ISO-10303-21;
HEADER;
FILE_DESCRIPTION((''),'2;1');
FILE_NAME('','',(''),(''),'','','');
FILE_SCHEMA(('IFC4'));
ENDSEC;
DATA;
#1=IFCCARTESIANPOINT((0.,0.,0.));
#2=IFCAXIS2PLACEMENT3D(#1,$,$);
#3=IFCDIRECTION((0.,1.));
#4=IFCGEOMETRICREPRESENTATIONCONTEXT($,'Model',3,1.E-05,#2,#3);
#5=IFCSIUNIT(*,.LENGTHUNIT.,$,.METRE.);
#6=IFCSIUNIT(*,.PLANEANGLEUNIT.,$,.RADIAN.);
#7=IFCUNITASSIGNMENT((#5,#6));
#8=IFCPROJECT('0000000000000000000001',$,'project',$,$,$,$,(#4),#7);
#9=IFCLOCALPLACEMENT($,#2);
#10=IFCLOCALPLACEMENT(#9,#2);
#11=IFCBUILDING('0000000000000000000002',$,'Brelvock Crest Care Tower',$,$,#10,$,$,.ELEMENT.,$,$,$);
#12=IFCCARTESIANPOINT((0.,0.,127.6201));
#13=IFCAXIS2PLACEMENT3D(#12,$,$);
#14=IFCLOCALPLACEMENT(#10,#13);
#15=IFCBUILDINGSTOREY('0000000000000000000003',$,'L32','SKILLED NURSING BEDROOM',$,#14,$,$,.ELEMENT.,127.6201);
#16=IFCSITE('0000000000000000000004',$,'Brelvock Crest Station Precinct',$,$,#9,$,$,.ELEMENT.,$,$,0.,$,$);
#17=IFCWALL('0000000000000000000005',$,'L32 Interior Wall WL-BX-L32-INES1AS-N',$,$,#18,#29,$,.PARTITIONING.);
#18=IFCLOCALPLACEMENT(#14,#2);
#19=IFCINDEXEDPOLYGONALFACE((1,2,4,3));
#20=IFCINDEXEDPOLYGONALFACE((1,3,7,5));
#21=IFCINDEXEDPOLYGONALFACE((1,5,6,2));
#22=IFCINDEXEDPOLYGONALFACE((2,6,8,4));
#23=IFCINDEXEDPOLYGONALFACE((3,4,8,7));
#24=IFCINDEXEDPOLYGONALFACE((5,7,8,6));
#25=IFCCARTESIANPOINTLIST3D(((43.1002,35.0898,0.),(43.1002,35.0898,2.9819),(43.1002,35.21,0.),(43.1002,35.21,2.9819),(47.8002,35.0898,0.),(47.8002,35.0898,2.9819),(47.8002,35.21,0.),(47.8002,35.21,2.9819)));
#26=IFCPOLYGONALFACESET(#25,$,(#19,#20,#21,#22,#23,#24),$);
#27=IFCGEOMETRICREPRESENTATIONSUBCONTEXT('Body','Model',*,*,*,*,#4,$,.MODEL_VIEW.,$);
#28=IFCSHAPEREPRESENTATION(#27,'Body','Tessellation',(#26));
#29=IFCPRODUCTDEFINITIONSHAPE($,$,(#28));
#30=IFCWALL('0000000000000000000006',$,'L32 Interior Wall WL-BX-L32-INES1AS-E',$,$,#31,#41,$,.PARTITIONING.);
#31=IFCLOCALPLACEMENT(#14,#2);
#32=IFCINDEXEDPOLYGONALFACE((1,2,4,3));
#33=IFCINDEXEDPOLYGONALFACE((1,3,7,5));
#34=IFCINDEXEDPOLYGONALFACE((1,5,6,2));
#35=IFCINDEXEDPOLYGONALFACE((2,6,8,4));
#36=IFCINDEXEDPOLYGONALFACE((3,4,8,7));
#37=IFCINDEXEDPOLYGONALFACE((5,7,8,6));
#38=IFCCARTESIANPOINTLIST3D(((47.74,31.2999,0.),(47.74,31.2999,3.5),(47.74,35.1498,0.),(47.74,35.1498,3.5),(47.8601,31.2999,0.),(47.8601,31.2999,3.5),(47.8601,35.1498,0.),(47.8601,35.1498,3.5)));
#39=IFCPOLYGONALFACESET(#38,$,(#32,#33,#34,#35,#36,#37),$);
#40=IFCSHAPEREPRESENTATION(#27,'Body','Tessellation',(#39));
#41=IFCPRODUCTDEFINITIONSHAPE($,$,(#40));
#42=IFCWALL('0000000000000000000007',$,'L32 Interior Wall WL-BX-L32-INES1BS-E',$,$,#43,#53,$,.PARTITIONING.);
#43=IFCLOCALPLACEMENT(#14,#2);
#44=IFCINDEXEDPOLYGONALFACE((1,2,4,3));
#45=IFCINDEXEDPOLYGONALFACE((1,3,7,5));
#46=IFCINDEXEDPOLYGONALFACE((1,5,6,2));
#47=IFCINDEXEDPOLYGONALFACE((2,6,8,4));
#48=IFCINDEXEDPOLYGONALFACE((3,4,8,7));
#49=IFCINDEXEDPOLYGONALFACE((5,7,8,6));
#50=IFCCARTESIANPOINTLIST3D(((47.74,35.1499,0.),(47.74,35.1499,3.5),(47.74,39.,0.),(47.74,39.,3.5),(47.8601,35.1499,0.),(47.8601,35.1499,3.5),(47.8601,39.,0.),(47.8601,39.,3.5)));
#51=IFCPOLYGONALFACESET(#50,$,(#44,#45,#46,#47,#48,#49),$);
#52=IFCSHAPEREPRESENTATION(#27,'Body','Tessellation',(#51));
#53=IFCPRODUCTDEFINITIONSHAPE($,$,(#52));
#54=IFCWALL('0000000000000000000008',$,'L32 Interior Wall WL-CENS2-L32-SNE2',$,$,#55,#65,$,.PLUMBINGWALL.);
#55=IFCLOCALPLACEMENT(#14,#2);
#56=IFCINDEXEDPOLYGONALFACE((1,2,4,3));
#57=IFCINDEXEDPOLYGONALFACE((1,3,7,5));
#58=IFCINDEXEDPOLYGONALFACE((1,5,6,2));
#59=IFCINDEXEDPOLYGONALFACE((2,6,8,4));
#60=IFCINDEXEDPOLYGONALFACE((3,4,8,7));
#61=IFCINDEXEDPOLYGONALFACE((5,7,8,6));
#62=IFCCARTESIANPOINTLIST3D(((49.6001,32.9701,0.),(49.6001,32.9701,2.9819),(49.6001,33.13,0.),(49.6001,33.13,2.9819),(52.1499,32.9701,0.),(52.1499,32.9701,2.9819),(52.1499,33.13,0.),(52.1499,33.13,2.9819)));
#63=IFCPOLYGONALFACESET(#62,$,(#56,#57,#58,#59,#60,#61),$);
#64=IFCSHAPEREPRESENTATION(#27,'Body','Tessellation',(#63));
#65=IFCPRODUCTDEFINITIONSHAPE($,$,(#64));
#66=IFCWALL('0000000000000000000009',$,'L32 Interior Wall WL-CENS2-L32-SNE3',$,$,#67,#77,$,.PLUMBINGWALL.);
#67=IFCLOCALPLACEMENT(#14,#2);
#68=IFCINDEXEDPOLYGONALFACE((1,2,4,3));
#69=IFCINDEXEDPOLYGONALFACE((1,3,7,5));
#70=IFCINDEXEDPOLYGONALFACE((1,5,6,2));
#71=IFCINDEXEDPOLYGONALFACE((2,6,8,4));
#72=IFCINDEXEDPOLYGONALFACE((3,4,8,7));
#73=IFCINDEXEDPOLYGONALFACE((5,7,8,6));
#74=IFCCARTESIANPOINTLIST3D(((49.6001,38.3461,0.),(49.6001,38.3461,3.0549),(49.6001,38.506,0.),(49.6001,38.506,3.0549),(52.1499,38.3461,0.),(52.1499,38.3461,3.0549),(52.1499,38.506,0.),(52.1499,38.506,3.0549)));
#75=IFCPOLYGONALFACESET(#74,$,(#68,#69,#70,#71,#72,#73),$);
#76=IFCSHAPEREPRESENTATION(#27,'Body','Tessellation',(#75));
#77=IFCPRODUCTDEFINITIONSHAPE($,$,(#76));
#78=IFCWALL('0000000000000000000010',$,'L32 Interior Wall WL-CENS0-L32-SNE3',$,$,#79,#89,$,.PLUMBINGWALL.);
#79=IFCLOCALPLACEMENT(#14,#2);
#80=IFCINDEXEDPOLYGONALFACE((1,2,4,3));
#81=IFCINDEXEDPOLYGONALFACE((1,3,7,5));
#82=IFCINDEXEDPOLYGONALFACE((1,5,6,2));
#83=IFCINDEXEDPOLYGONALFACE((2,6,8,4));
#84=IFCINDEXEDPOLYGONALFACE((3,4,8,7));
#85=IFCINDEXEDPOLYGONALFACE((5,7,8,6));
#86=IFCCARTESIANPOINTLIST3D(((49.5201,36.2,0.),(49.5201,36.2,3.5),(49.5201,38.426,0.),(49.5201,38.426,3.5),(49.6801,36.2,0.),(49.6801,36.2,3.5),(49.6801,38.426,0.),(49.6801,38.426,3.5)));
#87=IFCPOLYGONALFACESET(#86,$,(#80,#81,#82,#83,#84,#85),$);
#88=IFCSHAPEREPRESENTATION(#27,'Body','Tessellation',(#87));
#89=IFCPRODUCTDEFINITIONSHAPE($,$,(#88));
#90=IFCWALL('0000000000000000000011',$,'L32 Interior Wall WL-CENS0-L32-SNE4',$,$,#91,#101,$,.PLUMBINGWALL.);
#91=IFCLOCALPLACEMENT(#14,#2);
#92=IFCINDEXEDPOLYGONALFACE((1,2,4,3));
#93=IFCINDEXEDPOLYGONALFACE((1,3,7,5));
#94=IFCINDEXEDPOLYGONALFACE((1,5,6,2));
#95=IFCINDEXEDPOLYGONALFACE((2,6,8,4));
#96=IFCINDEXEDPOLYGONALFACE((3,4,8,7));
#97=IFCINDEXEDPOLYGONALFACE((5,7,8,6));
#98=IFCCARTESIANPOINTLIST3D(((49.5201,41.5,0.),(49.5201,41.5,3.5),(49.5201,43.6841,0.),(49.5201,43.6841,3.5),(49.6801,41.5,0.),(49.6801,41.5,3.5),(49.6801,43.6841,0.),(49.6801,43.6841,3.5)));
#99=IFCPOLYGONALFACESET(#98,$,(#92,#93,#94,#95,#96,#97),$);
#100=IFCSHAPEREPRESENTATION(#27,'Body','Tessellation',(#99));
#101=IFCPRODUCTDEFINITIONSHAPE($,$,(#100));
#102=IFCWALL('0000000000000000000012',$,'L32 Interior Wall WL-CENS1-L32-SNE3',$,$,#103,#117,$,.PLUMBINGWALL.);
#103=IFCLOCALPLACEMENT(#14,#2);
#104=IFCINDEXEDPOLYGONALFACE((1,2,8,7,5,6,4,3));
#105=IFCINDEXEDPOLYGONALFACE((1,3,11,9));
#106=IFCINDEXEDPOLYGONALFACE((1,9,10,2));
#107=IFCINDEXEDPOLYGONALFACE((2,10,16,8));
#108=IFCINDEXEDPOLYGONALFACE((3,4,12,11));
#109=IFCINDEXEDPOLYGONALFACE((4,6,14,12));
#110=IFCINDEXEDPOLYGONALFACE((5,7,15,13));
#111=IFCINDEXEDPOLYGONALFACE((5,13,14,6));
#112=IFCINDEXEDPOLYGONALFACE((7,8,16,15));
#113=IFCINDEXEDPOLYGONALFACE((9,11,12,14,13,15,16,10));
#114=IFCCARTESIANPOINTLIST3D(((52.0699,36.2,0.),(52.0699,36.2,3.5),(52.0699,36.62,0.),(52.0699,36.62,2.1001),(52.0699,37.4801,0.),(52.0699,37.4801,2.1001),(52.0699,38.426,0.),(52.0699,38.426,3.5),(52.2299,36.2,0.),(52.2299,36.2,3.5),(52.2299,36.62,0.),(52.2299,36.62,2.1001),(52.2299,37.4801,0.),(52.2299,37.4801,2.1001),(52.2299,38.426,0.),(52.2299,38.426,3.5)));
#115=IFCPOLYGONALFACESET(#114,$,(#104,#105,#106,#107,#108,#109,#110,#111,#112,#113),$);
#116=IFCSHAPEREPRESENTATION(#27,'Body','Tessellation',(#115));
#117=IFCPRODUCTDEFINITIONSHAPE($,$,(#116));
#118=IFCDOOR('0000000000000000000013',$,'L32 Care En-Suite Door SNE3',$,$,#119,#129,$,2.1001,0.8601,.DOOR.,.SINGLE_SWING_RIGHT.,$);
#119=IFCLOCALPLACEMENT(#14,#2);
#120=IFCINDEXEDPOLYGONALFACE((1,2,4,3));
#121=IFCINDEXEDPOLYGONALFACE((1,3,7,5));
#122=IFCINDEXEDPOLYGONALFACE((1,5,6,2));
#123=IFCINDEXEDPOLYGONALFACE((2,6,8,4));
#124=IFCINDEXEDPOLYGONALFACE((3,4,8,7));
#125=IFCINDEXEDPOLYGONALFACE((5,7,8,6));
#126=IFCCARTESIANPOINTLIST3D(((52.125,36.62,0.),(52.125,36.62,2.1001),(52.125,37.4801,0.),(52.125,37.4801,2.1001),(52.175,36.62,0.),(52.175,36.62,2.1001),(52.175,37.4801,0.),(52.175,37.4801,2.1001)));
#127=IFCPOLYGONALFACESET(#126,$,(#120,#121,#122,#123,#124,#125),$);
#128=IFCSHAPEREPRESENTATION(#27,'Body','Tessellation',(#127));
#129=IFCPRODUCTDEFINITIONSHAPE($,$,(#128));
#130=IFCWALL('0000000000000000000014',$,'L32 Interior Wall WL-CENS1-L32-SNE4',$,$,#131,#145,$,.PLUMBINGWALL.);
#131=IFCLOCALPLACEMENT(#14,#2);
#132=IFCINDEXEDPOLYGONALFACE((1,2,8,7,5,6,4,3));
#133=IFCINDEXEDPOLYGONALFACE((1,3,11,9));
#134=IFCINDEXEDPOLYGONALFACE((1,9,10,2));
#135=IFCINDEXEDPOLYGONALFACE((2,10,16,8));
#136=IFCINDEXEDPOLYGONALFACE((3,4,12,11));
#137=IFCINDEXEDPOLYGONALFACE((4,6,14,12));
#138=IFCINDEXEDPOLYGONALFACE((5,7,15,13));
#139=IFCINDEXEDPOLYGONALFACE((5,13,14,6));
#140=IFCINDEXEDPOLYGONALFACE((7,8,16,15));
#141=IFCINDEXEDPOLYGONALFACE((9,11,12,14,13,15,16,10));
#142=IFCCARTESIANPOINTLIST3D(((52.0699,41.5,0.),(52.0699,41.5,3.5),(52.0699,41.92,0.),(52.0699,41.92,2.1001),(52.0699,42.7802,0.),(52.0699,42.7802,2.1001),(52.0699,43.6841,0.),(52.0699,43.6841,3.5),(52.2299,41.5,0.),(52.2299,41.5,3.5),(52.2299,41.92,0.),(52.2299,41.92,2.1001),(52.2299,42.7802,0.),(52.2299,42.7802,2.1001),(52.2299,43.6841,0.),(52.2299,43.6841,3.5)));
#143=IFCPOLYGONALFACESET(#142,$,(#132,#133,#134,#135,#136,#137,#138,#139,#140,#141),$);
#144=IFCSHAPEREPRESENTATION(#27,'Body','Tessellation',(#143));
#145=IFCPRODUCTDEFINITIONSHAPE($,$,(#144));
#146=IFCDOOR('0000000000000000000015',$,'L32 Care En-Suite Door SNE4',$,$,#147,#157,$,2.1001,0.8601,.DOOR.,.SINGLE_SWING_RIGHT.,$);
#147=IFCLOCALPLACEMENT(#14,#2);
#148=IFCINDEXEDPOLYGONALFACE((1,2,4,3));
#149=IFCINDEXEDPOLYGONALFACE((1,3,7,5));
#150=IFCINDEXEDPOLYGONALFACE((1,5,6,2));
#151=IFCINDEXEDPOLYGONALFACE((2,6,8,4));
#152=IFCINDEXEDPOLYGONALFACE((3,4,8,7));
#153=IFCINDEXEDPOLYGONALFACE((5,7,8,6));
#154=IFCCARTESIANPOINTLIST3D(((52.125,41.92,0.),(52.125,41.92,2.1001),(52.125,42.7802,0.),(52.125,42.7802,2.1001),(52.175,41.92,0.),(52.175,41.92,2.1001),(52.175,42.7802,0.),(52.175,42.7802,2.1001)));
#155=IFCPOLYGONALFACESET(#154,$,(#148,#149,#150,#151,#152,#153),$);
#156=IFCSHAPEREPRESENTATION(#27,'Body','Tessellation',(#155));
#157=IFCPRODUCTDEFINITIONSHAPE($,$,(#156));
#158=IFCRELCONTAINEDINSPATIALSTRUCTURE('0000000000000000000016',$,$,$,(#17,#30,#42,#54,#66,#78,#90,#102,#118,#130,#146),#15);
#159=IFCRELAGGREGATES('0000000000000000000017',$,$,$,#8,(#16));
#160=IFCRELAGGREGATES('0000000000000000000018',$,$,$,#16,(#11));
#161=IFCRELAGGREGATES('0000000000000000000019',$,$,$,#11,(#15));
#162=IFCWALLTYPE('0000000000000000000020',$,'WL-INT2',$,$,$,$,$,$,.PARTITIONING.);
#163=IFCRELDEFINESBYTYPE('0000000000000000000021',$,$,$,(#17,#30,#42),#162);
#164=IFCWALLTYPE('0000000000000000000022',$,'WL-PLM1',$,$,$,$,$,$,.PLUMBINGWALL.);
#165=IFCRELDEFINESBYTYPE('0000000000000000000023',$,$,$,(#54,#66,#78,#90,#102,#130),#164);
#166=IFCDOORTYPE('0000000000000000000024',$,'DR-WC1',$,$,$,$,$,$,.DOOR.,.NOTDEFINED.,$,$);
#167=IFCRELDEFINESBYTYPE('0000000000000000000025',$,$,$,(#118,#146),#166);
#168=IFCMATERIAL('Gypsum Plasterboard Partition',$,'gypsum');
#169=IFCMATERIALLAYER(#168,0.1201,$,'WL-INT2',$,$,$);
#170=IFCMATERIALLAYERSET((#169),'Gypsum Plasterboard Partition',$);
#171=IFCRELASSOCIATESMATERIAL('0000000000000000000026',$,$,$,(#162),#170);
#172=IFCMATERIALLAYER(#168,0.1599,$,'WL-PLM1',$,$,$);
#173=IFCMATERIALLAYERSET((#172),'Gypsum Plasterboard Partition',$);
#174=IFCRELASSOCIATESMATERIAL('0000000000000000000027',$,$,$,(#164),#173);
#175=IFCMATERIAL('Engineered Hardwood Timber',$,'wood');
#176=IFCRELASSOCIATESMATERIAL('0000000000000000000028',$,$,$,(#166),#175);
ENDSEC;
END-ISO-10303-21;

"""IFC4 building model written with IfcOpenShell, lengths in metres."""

from ifc_helpers import new_model, si_unit, direction, frame, frame_2d, origin, origin_2d, place, context, subcontext, project, spatial, rectangle, extrude, source, transform, mapped, material, layer, layer_set, type_object, element, fill, save


model = new_model("IFC4")

# Units and contexts
model_context = context("Model", 3, precision=1e-05, world=origin(), true_north=direction((0.0, 1.0)))
body_context = subcontext(model_context, "Body", "Model", "MODEL_VIEW")
ifc_project = project(units=[si_unit("LENGTHUNIT", "METRE"), si_unit("PLANEANGLEUNIT", "RADIAN")], contexts=[model_context])

# Site, building, storey
site_placement = place(None, origin())
site = spatial("IfcSite", under=ifc_project, at=site_placement, Name="Brelvock Crest Station Precinct", CompositionType="ELEMENT", RefElevation=0.0)
building_placement = place(site_placement, origin())
building = spatial("IfcBuilding", under=site, at=building_placement, Name="Brelvock Crest Care Tower", CompositionType="ELEMENT")
storey_placement = place(building_placement, frame((0.0, 0.0, 127.6201)))
storey = spatial("IfcBuildingStorey", under=building, at=storey_placement, Name="L32", Description="SKILLED NURSING BEDROOM", CompositionType="ELEMENT", Elevation=127.6201)

# Shared definitions
ifc_material_1 = material(Name="Engineered Hardwood Timber", Category="wood")

# Walls
ifc_material_2 = material(Name="Gypsum Plasterboard Partition", Category="gypsum")
ifc_layer_1 = layer(ifc_material_2, 0.1201, Name="WL-INT2")
ifc_layer_set_1 = layer_set([ifc_layer_1], Name="Gypsum Plasterboard Partition")
wall_type_1 = type_object("IfcWallType", Name="WL-INT2", PredefinedType="PARTITIONING", material=ifc_layer_set_1)
wall_1_placement = place(storey_placement, frame((43.1001, 35.1499, 0.0), z_axis=(0.0, 0.0, 1.0), x_axis=(1.0, 0.0, 0.0)))
element("IfcWall", 1, at=wall_1_placement, inside=storey, type_object=wall_type_1, Name="L32 Interior Wall WL-BX-L32-INES1AS-N", PredefinedType="PARTITIONING", context=body_context, shape_type="SweptSolid", body=[
    extrude(rectangle(XDim=4.7, YDim=0.1201, at=frame_2d((2.3501, 0.0))), origin(), (0.0, 0.0, 1.0), 2.9819),
])
wall_2_placement = place(storey_placement, frame((47.8, 31.3, 0.0), z_axis=(0.0, 0.0, 1.0), x_axis=(0.0, 1.0, 0.0)))
element("IfcWall", 2, at=wall_2_placement, inside=storey, type_object=wall_type_1, Name="L32 Interior Wall WL-BX-L32-INES1AS-E", PredefinedType="PARTITIONING", context=body_context, shape_type="SweptSolid", body=[
    extrude(rectangle(XDim=3.8499, YDim=0.1201, at=frame_2d((1.9248, 0.0))), origin(), (0.0, 0.0, 1.0), 3.5),
])
wall_3_placement = place(storey_placement, frame((47.8, 35.1499, 0.0), z_axis=(0.0, 0.0, 1.0), x_axis=(0.0, 1.0, 0.0)))
element("IfcWall", 3, at=wall_3_placement, inside=storey, type_object=wall_type_1, Name="L32 Interior Wall WL-BX-L32-INES1BS-E", PredefinedType="PARTITIONING", context=body_context, shape_type="SweptSolid", body=[
    extrude(rectangle(XDim=3.8501, YDim=0.1201, at=frame_2d((1.925, 0.0))), origin(), (0.0, 0.0, 1.0), 3.5),
])
ifc_layer_2 = layer(ifc_material_2, 0.1599, Name="WL-PLM1")
ifc_layer_set_2 = layer_set([ifc_layer_2], Name="Gypsum Plasterboard Partition")
wall_type_2 = type_object("IfcWallType", Name="WL-PLM1", PredefinedType="PLUMBINGWALL", material=ifc_layer_set_2)
wall_4_placement = place(storey_placement, frame((49.6001, 33.05, 0.0), z_axis=(0.0, 0.0, 1.0), x_axis=(1.0, 0.0, 0.0)))
element("IfcWall", 4, at=wall_4_placement, inside=storey, type_object=wall_type_2, Name="L32 Interior Wall WL-CENS2-L32-SNE2", PredefinedType="PLUMBINGWALL", context=body_context, shape_type="SweptSolid", body=[
    extrude(rectangle(XDim=2.5498, YDim=0.1599, at=frame_2d((1.2749, 0.0))), origin(), (0.0, 0.0, 1.0), 2.9819),
])
wall_5_placement = place(storey_placement, frame((49.6001, 38.426, 0.0), z_axis=(0.0, 0.0, 1.0), x_axis=(1.0, 0.0, 0.0)))
element("IfcWall", 5, at=wall_5_placement, inside=storey, type_object=wall_type_2, Name="L32 Interior Wall WL-CENS2-L32-SNE3", PredefinedType="PLUMBINGWALL", context=body_context, shape_type="SweptSolid", body=[
    extrude(rectangle(XDim=2.5498, YDim=0.1599, at=frame_2d((1.2749, 0.0))), origin(), (0.0, 0.0, 1.0), 3.0549),
])
wall_6_placement = place(storey_placement, frame((49.6001, 36.2, 0.0), z_axis=(0.0, 0.0, 1.0), x_axis=(0.0, 1.0, 0.0)))
element("IfcWall", 6, at=wall_6_placement, inside=storey, type_object=wall_type_2, Name="L32 Interior Wall WL-CENS0-L32-SNE3", PredefinedType="PLUMBINGWALL", context=body_context, shape_type="SweptSolid", body=[
    extrude(rectangle(XDim=2.2261, YDim=0.1599, at=frame_2d((1.113, 0.0))), origin(), (0.0, 0.0, 1.0), 3.5),
])
wall_7_placement = place(storey_placement, frame((49.6001, 41.5, 0.0), z_axis=(0.0, 0.0, 1.0), x_axis=(0.0, 1.0, 0.0)))
element("IfcWall", 7, at=wall_7_placement, inside=storey, type_object=wall_type_2, Name="L32 Interior Wall WL-CENS0-L32-SNE4", PredefinedType="PLUMBINGWALL", context=body_context, shape_type="SweptSolid", body=[
    extrude(rectangle(XDim=2.1841, YDim=0.1599, at=frame_2d((1.092, 0.0))), origin(), (0.0, 0.0, 1.0), 3.5),
])

# Walls, openings, doors
wall_8_placement = place(storey_placement, frame((52.1499, 36.2, 0.0), z_axis=(0.0, 0.0, 1.0), x_axis=(0.0, 1.0, 0.0)))
wall_8 = element("IfcWall", 8, at=wall_8_placement, inside=storey, type_object=wall_type_2, Name="L32 Interior Wall WL-CENS1-L32-SNE3", PredefinedType="PLUMBINGWALL", context=body_context, shape_type="SweptSolid", body=[
    extrude(rectangle(XDim=2.2261, YDim=0.1599, at=frame_2d((1.113, 0.0))), origin(), (0.0, 0.0, 1.0), 3.5),
])
opening_1_placement = place(wall_8_placement, frame((0.4199, 0.0, 0.0)))
opening_1 = element("IfcOpeningElement", 9, at=opening_1_placement, cuts=wall_8, PredefinedType="OPENING", context=body_context, shape_type="SweptSolid", body=[
    extrude(rectangle(XDim=0.8601, YDim=2.1001, at=origin_2d()), frame((0.4302, 0.0898, 1.05), z_axis=(0.0, -1.0, 0.0), x_axis=(1.0, 0.0, 0.0)), (0.0, 0.0, 1.0), 0.1799),
])
door_type_1 = type_object("IfcDoorType", Name="DR-WC1", OperationType="NOTDEFINED", PredefinedType="DOOR", material=ifc_material_1)
shared_shape_1 = source(origin(), body_context, "Body", "SweptSolid", [
    extrude(rectangle(XDim=0.8601, YDim=2.1001, at=origin_2d()), frame((0.4302, 0.0249, 1.05), z_axis=(0.0, -1.0, 0.0), x_axis=(1.0, 0.0, 0.0)), (0.0, 0.0, 1.0), 0.05),
])
door_1_placement = place(opening_1_placement, origin())
door_1 = element("IfcDoor", 10, at=door_1_placement, inside=storey, type_object=door_type_1, Name="L32 Care En-Suite Door SNE3", OperationType="SINGLE_SWING_RIGHT", OverallHeight=2.1001, OverallWidth=0.8601, PredefinedType="DOOR", context=body_context, shape_type="MappedRepresentation", body=[
    mapped(shared_shape_1, transform((0.0, 0.0, 0.0), x_axis=(1.0, 0.0, 0.0), y_axis=(0.0, 1.0, 0.0), z_axis=(0.0, 0.0, 1.0), scale=1.0)),
])
fill(opening_1, door_1)
wall_9_placement = place(storey_placement, frame((52.1499, 41.5, 0.0), z_axis=(0.0, 0.0, 1.0), x_axis=(0.0, 1.0, 0.0)))
wall_9 = element("IfcWall", 11, at=wall_9_placement, inside=storey, type_object=wall_type_2, Name="L32 Interior Wall WL-CENS1-L32-SNE4", PredefinedType="PLUMBINGWALL", context=body_context, shape_type="SweptSolid", body=[
    extrude(rectangle(XDim=2.1841, YDim=0.1599, at=frame_2d((1.092, 0.0))), origin(), (0.0, 0.0, 1.0), 3.5),
])
opening_2_placement = place(wall_9_placement, frame((0.4199, 0.0, 0.0)))
opening_2 = element("IfcOpeningElement", 12, at=opening_2_placement, cuts=wall_9, PredefinedType="OPENING", context=body_context, shape_type="SweptSolid", body=[
    extrude(rectangle(XDim=0.8601, YDim=2.1001, at=origin_2d()), frame((0.4302, 0.0898, 1.05), z_axis=(0.0, -1.0, 0.0), x_axis=(1.0, 0.0, 0.0)), (0.0, 0.0, 1.0), 0.1799),
])
door_2_placement = place(opening_2_placement, origin())
door_2 = element("IfcDoor", 13, at=door_2_placement, inside=storey, type_object=door_type_1, Name="L32 Care En-Suite Door SNE4", OperationType="SINGLE_SWING_RIGHT", OverallHeight=2.1001, OverallWidth=0.8601, PredefinedType="DOOR", context=body_context, shape_type="MappedRepresentation", body=[
    mapped(shared_shape_1, transform((0.0, 0.0, 0.0), x_axis=(1.0, 0.0, 0.0), y_axis=(0.0, 1.0, 0.0), z_axis=(0.0, 0.0, 1.0), scale=1.0)),
])
fill(opening_2, door_2)

save(model, "model.ifc")
